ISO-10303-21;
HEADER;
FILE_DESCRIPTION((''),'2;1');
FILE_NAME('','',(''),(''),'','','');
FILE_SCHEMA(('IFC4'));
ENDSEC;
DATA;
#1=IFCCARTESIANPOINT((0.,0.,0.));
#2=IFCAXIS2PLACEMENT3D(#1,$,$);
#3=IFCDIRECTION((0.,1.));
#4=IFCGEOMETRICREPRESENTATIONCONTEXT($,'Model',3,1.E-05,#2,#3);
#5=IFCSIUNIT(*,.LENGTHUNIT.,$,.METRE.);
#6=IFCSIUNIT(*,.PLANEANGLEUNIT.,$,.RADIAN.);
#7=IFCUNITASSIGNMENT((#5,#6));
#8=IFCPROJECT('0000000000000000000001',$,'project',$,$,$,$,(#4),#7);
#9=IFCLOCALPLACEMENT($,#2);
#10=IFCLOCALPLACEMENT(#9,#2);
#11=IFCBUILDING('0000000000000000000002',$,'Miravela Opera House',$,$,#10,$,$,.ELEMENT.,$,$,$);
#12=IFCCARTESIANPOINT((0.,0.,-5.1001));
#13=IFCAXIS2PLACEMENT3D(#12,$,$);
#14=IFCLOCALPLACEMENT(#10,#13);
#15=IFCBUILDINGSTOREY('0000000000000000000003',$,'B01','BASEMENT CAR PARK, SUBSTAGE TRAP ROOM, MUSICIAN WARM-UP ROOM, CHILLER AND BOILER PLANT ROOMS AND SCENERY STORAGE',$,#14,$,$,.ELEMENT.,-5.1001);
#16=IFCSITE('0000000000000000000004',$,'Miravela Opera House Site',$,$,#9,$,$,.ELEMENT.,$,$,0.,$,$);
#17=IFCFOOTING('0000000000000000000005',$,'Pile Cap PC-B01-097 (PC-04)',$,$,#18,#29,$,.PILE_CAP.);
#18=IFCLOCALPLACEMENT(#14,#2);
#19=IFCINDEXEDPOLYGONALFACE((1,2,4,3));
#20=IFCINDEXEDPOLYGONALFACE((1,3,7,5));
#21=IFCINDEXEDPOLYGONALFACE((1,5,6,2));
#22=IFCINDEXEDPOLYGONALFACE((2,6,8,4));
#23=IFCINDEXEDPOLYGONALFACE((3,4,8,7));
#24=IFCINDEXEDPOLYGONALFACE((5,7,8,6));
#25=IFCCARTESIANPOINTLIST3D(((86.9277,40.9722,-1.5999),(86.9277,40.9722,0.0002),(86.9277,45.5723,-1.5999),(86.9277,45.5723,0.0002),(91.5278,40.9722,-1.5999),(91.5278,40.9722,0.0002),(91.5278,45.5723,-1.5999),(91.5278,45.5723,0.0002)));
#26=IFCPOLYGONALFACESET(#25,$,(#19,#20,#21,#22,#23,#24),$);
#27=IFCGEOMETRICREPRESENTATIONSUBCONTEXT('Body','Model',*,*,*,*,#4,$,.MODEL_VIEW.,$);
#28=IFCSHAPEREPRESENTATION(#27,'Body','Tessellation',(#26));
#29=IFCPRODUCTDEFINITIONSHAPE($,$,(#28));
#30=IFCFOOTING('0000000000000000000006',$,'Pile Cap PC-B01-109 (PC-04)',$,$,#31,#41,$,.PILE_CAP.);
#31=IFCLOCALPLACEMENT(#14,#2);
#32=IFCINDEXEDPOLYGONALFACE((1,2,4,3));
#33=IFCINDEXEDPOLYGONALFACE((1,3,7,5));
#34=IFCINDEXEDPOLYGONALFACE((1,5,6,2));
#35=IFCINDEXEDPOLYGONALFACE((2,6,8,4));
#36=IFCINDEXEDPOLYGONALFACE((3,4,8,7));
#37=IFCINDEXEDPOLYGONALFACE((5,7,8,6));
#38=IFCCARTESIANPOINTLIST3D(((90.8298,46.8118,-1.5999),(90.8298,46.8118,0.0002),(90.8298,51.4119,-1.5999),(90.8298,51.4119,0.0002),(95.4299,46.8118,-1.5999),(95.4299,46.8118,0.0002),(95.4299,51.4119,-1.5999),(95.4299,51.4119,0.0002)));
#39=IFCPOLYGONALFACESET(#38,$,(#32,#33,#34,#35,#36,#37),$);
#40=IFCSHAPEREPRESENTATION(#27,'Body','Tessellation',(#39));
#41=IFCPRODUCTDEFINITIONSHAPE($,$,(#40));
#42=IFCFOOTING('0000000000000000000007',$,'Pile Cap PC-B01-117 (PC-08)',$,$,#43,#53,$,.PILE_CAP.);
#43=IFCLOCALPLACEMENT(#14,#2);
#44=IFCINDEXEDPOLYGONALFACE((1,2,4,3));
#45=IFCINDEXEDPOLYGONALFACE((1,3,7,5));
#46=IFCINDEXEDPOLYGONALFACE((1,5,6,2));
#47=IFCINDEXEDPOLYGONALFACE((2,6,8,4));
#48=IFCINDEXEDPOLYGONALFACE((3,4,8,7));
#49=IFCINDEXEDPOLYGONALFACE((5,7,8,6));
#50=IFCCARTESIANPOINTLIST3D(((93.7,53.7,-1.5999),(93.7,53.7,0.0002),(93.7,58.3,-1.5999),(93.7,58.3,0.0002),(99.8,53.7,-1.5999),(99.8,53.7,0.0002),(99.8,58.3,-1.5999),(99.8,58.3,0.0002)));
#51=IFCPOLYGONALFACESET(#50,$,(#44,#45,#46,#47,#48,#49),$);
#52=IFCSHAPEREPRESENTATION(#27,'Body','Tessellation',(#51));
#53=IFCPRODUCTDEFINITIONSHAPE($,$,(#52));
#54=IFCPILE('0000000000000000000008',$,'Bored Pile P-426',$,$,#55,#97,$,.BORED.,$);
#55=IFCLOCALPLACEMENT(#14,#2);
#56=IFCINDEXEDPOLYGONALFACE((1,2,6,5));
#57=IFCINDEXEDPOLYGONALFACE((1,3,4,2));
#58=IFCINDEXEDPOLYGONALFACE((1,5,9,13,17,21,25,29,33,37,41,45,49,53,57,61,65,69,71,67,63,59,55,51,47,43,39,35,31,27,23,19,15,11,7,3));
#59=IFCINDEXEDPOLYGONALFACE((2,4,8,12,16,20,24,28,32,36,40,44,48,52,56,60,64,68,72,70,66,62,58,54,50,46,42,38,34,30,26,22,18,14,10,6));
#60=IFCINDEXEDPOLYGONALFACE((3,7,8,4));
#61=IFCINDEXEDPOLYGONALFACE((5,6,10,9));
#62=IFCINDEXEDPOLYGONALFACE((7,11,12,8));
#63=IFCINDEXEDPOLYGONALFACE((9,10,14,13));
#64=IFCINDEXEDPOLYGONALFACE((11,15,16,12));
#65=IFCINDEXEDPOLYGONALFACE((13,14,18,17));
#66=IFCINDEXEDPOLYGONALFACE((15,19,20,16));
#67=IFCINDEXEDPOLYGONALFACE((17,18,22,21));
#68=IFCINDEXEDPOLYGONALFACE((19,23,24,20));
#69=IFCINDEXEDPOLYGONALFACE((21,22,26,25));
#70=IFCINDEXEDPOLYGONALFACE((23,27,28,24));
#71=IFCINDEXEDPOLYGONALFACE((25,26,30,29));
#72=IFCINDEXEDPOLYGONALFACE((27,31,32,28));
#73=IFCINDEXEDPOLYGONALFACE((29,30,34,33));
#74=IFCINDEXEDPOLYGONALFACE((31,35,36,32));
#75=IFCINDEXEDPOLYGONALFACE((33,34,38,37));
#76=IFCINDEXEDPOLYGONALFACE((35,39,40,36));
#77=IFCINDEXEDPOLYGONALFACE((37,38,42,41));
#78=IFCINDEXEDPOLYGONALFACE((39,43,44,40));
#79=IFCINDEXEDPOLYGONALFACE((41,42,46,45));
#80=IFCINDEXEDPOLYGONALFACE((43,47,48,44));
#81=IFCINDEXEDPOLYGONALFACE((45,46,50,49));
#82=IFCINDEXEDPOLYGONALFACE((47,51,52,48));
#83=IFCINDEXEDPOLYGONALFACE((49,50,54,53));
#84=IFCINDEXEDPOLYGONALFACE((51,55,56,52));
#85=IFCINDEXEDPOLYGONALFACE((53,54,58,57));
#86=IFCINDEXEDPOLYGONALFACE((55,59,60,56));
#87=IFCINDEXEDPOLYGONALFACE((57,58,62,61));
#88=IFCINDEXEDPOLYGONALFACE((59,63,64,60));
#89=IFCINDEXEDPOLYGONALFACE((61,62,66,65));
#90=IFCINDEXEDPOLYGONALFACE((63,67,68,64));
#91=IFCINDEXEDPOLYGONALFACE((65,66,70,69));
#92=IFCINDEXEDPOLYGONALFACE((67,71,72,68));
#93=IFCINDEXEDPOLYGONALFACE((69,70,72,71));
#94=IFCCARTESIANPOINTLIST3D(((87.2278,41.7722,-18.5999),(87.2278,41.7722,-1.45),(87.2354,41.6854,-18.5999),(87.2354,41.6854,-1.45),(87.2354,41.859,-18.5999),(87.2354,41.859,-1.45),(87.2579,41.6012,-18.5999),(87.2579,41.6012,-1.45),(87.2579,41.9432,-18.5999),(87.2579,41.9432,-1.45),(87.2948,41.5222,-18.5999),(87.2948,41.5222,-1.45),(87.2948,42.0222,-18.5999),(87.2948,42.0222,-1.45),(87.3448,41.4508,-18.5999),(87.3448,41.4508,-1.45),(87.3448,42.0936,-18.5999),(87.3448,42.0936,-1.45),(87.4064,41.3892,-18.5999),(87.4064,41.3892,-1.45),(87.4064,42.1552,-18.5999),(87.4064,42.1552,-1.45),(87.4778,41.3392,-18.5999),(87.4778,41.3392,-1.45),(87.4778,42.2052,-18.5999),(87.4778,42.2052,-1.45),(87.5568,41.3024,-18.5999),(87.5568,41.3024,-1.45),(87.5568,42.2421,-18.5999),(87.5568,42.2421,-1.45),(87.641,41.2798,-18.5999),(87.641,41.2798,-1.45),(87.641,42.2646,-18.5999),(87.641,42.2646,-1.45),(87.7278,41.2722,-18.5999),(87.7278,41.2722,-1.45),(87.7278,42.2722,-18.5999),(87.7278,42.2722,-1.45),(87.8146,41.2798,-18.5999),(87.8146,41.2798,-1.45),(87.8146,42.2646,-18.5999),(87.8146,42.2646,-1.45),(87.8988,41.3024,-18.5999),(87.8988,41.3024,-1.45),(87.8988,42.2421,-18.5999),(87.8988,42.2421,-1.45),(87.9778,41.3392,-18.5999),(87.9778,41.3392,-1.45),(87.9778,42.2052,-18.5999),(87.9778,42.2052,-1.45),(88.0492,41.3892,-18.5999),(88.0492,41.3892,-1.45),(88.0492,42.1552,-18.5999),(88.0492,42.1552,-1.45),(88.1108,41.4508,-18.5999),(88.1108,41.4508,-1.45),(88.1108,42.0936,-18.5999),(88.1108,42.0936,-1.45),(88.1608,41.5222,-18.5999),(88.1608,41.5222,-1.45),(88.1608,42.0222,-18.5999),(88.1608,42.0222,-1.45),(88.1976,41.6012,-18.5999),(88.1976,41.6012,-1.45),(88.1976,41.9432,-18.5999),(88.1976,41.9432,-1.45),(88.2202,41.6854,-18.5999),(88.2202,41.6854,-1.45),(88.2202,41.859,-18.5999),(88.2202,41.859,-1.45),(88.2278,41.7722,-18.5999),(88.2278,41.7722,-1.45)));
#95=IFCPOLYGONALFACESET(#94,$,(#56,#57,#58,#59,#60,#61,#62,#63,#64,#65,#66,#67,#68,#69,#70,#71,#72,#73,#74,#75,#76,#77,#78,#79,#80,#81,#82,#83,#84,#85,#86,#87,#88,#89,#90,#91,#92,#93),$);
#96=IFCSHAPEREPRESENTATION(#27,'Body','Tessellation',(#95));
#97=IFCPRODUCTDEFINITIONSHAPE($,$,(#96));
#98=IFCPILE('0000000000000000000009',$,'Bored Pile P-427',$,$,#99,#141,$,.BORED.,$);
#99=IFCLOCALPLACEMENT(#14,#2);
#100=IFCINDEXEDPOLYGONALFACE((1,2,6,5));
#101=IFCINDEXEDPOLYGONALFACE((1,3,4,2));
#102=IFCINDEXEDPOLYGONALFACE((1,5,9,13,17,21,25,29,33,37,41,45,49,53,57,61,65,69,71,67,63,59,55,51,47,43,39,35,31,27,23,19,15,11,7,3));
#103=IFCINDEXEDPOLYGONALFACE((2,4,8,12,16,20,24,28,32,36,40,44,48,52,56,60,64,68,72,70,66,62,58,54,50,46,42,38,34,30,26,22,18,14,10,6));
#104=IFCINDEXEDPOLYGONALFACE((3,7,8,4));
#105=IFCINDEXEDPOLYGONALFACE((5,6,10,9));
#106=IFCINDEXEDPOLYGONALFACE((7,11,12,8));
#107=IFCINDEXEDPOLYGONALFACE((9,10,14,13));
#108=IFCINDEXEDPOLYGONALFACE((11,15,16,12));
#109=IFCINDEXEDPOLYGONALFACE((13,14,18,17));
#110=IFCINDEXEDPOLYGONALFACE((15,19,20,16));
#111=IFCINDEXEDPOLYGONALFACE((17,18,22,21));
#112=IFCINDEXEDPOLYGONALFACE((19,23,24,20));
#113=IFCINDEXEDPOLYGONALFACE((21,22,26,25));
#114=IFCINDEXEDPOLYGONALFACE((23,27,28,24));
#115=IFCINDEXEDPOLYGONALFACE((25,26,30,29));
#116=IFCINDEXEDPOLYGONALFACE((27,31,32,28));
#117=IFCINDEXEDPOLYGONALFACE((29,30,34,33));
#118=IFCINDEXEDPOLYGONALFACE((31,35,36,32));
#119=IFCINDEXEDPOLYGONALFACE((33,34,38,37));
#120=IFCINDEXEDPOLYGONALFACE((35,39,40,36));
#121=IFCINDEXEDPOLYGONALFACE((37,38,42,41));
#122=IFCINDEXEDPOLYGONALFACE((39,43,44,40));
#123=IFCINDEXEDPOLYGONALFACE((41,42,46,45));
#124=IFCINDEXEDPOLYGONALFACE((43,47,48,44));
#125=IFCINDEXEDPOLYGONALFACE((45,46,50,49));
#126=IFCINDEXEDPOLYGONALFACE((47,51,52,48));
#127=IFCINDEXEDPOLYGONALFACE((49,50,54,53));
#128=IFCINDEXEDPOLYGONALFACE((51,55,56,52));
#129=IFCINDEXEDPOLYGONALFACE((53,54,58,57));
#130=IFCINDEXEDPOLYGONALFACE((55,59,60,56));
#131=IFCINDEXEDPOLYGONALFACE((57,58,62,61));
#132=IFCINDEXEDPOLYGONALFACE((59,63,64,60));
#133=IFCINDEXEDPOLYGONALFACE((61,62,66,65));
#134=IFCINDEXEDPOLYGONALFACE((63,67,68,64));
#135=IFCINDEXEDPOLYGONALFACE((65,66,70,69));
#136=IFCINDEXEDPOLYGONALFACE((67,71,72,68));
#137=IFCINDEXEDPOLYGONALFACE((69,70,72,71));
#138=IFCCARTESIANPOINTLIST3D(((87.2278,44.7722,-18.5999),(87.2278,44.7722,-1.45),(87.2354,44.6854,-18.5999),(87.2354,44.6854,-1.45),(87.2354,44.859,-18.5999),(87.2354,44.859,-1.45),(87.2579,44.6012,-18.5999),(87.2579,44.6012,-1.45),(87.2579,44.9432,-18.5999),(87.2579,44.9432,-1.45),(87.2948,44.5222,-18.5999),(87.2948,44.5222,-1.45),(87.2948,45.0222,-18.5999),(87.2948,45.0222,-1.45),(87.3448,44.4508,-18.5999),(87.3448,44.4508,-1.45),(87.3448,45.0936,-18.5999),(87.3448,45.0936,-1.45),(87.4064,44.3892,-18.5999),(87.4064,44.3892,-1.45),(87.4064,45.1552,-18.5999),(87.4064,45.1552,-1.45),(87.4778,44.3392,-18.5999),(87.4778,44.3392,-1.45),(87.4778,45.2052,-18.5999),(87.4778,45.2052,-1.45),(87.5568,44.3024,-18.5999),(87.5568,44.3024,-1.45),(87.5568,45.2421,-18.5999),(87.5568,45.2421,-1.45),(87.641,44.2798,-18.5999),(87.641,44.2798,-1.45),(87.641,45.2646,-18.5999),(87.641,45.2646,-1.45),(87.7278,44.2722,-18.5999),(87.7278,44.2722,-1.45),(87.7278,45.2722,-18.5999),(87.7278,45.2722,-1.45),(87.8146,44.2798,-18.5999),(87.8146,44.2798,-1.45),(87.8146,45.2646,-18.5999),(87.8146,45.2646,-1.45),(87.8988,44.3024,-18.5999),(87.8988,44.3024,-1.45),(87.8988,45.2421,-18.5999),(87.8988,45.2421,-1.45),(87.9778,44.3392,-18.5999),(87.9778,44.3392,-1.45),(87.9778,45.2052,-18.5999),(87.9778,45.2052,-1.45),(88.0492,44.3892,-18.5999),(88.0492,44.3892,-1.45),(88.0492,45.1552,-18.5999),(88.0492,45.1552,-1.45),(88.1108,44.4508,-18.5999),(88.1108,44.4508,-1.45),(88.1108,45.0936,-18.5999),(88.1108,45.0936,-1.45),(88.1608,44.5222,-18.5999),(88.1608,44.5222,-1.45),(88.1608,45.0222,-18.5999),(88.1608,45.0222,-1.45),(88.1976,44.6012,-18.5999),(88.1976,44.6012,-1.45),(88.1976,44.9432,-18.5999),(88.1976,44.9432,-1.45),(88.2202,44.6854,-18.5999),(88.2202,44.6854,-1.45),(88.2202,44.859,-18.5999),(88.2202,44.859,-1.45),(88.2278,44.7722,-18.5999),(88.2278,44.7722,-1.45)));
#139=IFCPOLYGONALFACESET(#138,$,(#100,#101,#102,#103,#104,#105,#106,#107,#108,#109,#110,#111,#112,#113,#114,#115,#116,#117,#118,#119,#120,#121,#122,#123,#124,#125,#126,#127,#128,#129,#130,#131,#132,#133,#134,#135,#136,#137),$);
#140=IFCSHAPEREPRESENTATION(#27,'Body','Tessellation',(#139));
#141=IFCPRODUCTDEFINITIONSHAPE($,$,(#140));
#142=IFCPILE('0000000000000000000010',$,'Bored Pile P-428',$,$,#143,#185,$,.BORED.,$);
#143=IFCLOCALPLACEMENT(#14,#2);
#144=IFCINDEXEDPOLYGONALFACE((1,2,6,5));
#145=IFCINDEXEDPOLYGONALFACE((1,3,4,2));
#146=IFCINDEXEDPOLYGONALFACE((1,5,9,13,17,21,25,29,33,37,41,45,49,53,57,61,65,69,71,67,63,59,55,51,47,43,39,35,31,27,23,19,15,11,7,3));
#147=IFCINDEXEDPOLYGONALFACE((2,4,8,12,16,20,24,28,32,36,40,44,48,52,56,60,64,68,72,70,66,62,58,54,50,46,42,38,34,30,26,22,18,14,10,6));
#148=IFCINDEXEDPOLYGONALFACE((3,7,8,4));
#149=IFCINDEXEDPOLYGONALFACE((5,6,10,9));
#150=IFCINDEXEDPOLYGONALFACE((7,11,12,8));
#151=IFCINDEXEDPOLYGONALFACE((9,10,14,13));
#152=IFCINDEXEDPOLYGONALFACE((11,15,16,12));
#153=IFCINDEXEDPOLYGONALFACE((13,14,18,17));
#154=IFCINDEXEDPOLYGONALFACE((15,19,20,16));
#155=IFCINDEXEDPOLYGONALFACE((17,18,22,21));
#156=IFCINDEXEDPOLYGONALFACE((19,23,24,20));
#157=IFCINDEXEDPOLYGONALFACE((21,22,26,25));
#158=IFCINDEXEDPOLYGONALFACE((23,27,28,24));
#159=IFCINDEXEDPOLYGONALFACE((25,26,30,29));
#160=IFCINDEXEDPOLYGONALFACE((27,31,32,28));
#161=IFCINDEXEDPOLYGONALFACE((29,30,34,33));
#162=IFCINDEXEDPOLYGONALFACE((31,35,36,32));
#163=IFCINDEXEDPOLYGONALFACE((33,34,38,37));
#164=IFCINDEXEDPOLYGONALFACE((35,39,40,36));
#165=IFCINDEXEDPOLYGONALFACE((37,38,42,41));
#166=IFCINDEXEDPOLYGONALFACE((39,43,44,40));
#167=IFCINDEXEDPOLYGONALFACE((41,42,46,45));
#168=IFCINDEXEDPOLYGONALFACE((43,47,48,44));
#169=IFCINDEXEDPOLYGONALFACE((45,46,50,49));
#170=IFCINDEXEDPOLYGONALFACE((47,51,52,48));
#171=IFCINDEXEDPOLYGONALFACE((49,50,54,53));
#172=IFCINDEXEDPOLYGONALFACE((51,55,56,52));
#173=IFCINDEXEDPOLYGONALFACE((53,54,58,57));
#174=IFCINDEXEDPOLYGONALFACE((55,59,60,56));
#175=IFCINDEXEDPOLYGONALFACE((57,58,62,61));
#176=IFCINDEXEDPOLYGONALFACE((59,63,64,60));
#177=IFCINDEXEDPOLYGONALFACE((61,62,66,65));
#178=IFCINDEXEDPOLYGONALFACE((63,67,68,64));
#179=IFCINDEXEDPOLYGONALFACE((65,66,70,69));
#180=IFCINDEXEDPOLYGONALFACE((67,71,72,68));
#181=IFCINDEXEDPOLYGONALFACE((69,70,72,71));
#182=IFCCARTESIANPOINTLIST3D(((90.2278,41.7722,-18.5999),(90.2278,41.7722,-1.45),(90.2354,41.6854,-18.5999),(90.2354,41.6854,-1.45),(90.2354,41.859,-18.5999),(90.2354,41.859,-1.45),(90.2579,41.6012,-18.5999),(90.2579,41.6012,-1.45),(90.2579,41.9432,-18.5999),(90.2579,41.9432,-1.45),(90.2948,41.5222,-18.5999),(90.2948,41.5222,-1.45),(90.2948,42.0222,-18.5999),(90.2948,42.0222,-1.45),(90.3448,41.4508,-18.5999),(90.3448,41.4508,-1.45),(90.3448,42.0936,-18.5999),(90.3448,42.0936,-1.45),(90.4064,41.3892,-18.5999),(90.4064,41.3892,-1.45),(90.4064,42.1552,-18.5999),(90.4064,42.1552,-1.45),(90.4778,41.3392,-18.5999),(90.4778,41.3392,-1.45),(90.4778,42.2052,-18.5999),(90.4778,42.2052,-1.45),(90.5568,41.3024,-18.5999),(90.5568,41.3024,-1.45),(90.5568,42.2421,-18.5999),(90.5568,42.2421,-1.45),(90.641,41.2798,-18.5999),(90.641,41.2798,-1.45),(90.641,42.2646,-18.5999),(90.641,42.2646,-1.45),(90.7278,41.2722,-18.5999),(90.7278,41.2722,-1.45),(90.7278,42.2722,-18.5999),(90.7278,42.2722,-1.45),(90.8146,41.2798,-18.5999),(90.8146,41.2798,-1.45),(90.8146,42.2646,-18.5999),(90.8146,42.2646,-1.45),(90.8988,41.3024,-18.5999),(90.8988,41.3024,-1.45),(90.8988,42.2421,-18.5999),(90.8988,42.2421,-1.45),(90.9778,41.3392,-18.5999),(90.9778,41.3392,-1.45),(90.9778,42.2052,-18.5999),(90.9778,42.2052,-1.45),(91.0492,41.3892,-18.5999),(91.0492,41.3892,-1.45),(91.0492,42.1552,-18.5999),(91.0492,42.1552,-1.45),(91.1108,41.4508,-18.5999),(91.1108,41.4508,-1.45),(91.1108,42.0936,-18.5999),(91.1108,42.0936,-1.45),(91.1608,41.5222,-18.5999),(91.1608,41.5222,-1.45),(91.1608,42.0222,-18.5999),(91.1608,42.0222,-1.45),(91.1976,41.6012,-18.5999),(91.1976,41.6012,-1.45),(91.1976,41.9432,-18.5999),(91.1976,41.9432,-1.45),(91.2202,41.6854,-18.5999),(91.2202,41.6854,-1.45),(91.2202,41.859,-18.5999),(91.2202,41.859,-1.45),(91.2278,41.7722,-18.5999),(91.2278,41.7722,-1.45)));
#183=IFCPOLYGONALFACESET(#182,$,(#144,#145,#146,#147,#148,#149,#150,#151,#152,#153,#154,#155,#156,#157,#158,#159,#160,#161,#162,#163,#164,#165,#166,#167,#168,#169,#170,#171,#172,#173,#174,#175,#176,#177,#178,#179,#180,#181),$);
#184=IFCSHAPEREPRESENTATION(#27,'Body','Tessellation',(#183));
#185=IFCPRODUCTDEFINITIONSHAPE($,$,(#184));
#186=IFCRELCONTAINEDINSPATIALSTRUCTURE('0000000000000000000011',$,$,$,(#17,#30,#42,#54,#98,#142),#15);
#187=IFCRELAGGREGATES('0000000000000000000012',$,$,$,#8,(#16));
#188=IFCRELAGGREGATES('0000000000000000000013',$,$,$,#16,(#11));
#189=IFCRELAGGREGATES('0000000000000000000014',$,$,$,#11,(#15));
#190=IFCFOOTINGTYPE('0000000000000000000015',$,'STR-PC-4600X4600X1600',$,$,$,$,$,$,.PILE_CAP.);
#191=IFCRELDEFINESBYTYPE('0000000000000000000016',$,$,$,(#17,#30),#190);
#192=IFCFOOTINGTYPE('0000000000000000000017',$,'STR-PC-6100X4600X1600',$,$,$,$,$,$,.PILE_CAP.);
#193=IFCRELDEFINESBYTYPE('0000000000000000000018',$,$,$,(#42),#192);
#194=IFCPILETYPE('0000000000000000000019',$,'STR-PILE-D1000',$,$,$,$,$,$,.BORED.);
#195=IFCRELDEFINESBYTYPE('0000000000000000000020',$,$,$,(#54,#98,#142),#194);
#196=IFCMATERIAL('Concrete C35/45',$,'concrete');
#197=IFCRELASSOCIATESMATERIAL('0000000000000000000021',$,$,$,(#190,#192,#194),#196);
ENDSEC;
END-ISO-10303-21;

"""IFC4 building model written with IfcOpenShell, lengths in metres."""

from ifc_helpers import new_model, si_unit, direction, frame, origin, origin_2d, place, context, subcontext, project, spatial, rectangle, circle, extrude, material, material_profile, profile_set, type_object, element, save


model = new_model("IFC4")

# Units and contexts
model_context = context("Model", 3, precision=1e-05, world=origin(), true_north=direction((0.0, 1.0)))
body_context = subcontext(model_context, "Body", "Model", "MODEL_VIEW")
ifc_project = project(units=[si_unit("LENGTHUNIT", "METRE"), si_unit("PLANEANGLEUNIT", "RADIAN")], contexts=[model_context])

# Site, building, storey
site_placement = place(None, origin())
site = spatial("IfcSite", under=ifc_project, at=site_placement, Name="Miravela Opera House Site", CompositionType="ELEMENT", RefElevation=0.0)
building_placement = place(site_placement, origin())
building = spatial("IfcBuilding", under=site, at=building_placement, Name="Miravela Opera House", CompositionType="ELEMENT")
storey_placement = place(building_placement, frame((0.0, 0.0, -5.1001)))
storey = spatial("IfcBuildingStorey", under=building, at=storey_placement, Name="B01", Description="BASEMENT CAR PARK, SUBSTAGE TRAP ROOM, MUSICIAN WARM-UP ROOM, CHILLER AND BOILER PLANT ROOMS AND SCENERY STORAGE", CompositionType="ELEMENT", Elevation=-5.1001)

# Footings
ifc_material_1 = material(Name="Concrete C35/45", Category="concrete")
footing_type_1 = type_object("IfcFootingType", Name="STR-PC-4600X4600X1600", PredefinedType="PILE_CAP", material=ifc_material_1)
for number, where, z_axis, x_axis, name in (
    (1, (89.2278, 43.2722, -1.5999), (0.0, 0.0, 1.0), (1.0, 0.0, 0.0), "Pile Cap PC-B01-097 (PC-04)"),
    (2, (93.1299, 49.1118, -1.5999), (0.0, 0.0, 1.0), (1.0, 0.0, 0.0), "Pile Cap PC-B01-109 (PC-04)"),
):
    element("IfcFooting", number, at=place(storey_placement, frame(where, z_axis=z_axis, x_axis=x_axis)), inside=storey, type_object=footing_type_1, Name=name, PredefinedType="PILE_CAP", context=body_context, shape_type="SweptSolid", body=[
        extrude(rectangle(XDim=4.6001, YDim=4.6001, at=origin_2d()), origin(), (0.0, 0.0, 1.0), 1.6001),
    ])
footing_type_2 = type_object("IfcFootingType", Name="STR-PC-6100X4600X1600", PredefinedType="PILE_CAP", material=ifc_material_1)
footing_placement = place(storey_placement, frame((96.75, 56.0, -1.5999), z_axis=(0.0, 0.0, 1.0), x_axis=(1.0, 0.0, 0.0)))
element("IfcFooting", 3, at=footing_placement, inside=storey, type_object=footing_type_2, Name="Pile Cap PC-B01-117 (PC-08)", PredefinedType="PILE_CAP", context=body_context, shape_type="SweptSolid", body=[
    extrude(rectangle(XDim=6.1001, YDim=4.6001, at=origin_2d()), origin(), (0.0, 0.0, 1.0), 1.6001),
])

# Piles
ifc_material_profile_1 = material_profile(ifc_material_1, circle(Radius=0.5, at=origin_2d()), Name="PILE-D1000")
ifc_profile_set_1 = profile_set([ifc_material_profile_1])
pile_type = type_object("IfcPileType", Name="STR-PILE-D1000", PredefinedType="BORED", material=ifc_profile_set_1)
for number, where, z_axis, x_axis, name in (
    (4, (87.7278, 41.7722, -1.45), (0.0, 0.0, -1.0), (1.0, 0.0, 0.0), "Bored Pile P-426"),
    (5, (87.7278, 44.7722, -1.45), (0.0, 0.0, -1.0), (1.0, 0.0, 0.0), "Bored Pile P-427"),
    (6, (90.7278, 41.7722, -1.45), (0.0, 0.0, -1.0), (1.0, 0.0, 0.0), "Bored Pile P-428"),
):
    element("IfcPile", number, at=place(storey_placement, frame(where, z_axis=z_axis, x_axis=x_axis)), inside=storey, type_object=pile_type, Name=name, PredefinedType="BORED", context=body_context, shape_type="SweptSolid", body=[
        extrude(circle(Radius=0.5, at=origin_2d()), origin(), (0.0, 0.0, 1.0), 17.1499),
    ])

save(model, "model.ifc")
